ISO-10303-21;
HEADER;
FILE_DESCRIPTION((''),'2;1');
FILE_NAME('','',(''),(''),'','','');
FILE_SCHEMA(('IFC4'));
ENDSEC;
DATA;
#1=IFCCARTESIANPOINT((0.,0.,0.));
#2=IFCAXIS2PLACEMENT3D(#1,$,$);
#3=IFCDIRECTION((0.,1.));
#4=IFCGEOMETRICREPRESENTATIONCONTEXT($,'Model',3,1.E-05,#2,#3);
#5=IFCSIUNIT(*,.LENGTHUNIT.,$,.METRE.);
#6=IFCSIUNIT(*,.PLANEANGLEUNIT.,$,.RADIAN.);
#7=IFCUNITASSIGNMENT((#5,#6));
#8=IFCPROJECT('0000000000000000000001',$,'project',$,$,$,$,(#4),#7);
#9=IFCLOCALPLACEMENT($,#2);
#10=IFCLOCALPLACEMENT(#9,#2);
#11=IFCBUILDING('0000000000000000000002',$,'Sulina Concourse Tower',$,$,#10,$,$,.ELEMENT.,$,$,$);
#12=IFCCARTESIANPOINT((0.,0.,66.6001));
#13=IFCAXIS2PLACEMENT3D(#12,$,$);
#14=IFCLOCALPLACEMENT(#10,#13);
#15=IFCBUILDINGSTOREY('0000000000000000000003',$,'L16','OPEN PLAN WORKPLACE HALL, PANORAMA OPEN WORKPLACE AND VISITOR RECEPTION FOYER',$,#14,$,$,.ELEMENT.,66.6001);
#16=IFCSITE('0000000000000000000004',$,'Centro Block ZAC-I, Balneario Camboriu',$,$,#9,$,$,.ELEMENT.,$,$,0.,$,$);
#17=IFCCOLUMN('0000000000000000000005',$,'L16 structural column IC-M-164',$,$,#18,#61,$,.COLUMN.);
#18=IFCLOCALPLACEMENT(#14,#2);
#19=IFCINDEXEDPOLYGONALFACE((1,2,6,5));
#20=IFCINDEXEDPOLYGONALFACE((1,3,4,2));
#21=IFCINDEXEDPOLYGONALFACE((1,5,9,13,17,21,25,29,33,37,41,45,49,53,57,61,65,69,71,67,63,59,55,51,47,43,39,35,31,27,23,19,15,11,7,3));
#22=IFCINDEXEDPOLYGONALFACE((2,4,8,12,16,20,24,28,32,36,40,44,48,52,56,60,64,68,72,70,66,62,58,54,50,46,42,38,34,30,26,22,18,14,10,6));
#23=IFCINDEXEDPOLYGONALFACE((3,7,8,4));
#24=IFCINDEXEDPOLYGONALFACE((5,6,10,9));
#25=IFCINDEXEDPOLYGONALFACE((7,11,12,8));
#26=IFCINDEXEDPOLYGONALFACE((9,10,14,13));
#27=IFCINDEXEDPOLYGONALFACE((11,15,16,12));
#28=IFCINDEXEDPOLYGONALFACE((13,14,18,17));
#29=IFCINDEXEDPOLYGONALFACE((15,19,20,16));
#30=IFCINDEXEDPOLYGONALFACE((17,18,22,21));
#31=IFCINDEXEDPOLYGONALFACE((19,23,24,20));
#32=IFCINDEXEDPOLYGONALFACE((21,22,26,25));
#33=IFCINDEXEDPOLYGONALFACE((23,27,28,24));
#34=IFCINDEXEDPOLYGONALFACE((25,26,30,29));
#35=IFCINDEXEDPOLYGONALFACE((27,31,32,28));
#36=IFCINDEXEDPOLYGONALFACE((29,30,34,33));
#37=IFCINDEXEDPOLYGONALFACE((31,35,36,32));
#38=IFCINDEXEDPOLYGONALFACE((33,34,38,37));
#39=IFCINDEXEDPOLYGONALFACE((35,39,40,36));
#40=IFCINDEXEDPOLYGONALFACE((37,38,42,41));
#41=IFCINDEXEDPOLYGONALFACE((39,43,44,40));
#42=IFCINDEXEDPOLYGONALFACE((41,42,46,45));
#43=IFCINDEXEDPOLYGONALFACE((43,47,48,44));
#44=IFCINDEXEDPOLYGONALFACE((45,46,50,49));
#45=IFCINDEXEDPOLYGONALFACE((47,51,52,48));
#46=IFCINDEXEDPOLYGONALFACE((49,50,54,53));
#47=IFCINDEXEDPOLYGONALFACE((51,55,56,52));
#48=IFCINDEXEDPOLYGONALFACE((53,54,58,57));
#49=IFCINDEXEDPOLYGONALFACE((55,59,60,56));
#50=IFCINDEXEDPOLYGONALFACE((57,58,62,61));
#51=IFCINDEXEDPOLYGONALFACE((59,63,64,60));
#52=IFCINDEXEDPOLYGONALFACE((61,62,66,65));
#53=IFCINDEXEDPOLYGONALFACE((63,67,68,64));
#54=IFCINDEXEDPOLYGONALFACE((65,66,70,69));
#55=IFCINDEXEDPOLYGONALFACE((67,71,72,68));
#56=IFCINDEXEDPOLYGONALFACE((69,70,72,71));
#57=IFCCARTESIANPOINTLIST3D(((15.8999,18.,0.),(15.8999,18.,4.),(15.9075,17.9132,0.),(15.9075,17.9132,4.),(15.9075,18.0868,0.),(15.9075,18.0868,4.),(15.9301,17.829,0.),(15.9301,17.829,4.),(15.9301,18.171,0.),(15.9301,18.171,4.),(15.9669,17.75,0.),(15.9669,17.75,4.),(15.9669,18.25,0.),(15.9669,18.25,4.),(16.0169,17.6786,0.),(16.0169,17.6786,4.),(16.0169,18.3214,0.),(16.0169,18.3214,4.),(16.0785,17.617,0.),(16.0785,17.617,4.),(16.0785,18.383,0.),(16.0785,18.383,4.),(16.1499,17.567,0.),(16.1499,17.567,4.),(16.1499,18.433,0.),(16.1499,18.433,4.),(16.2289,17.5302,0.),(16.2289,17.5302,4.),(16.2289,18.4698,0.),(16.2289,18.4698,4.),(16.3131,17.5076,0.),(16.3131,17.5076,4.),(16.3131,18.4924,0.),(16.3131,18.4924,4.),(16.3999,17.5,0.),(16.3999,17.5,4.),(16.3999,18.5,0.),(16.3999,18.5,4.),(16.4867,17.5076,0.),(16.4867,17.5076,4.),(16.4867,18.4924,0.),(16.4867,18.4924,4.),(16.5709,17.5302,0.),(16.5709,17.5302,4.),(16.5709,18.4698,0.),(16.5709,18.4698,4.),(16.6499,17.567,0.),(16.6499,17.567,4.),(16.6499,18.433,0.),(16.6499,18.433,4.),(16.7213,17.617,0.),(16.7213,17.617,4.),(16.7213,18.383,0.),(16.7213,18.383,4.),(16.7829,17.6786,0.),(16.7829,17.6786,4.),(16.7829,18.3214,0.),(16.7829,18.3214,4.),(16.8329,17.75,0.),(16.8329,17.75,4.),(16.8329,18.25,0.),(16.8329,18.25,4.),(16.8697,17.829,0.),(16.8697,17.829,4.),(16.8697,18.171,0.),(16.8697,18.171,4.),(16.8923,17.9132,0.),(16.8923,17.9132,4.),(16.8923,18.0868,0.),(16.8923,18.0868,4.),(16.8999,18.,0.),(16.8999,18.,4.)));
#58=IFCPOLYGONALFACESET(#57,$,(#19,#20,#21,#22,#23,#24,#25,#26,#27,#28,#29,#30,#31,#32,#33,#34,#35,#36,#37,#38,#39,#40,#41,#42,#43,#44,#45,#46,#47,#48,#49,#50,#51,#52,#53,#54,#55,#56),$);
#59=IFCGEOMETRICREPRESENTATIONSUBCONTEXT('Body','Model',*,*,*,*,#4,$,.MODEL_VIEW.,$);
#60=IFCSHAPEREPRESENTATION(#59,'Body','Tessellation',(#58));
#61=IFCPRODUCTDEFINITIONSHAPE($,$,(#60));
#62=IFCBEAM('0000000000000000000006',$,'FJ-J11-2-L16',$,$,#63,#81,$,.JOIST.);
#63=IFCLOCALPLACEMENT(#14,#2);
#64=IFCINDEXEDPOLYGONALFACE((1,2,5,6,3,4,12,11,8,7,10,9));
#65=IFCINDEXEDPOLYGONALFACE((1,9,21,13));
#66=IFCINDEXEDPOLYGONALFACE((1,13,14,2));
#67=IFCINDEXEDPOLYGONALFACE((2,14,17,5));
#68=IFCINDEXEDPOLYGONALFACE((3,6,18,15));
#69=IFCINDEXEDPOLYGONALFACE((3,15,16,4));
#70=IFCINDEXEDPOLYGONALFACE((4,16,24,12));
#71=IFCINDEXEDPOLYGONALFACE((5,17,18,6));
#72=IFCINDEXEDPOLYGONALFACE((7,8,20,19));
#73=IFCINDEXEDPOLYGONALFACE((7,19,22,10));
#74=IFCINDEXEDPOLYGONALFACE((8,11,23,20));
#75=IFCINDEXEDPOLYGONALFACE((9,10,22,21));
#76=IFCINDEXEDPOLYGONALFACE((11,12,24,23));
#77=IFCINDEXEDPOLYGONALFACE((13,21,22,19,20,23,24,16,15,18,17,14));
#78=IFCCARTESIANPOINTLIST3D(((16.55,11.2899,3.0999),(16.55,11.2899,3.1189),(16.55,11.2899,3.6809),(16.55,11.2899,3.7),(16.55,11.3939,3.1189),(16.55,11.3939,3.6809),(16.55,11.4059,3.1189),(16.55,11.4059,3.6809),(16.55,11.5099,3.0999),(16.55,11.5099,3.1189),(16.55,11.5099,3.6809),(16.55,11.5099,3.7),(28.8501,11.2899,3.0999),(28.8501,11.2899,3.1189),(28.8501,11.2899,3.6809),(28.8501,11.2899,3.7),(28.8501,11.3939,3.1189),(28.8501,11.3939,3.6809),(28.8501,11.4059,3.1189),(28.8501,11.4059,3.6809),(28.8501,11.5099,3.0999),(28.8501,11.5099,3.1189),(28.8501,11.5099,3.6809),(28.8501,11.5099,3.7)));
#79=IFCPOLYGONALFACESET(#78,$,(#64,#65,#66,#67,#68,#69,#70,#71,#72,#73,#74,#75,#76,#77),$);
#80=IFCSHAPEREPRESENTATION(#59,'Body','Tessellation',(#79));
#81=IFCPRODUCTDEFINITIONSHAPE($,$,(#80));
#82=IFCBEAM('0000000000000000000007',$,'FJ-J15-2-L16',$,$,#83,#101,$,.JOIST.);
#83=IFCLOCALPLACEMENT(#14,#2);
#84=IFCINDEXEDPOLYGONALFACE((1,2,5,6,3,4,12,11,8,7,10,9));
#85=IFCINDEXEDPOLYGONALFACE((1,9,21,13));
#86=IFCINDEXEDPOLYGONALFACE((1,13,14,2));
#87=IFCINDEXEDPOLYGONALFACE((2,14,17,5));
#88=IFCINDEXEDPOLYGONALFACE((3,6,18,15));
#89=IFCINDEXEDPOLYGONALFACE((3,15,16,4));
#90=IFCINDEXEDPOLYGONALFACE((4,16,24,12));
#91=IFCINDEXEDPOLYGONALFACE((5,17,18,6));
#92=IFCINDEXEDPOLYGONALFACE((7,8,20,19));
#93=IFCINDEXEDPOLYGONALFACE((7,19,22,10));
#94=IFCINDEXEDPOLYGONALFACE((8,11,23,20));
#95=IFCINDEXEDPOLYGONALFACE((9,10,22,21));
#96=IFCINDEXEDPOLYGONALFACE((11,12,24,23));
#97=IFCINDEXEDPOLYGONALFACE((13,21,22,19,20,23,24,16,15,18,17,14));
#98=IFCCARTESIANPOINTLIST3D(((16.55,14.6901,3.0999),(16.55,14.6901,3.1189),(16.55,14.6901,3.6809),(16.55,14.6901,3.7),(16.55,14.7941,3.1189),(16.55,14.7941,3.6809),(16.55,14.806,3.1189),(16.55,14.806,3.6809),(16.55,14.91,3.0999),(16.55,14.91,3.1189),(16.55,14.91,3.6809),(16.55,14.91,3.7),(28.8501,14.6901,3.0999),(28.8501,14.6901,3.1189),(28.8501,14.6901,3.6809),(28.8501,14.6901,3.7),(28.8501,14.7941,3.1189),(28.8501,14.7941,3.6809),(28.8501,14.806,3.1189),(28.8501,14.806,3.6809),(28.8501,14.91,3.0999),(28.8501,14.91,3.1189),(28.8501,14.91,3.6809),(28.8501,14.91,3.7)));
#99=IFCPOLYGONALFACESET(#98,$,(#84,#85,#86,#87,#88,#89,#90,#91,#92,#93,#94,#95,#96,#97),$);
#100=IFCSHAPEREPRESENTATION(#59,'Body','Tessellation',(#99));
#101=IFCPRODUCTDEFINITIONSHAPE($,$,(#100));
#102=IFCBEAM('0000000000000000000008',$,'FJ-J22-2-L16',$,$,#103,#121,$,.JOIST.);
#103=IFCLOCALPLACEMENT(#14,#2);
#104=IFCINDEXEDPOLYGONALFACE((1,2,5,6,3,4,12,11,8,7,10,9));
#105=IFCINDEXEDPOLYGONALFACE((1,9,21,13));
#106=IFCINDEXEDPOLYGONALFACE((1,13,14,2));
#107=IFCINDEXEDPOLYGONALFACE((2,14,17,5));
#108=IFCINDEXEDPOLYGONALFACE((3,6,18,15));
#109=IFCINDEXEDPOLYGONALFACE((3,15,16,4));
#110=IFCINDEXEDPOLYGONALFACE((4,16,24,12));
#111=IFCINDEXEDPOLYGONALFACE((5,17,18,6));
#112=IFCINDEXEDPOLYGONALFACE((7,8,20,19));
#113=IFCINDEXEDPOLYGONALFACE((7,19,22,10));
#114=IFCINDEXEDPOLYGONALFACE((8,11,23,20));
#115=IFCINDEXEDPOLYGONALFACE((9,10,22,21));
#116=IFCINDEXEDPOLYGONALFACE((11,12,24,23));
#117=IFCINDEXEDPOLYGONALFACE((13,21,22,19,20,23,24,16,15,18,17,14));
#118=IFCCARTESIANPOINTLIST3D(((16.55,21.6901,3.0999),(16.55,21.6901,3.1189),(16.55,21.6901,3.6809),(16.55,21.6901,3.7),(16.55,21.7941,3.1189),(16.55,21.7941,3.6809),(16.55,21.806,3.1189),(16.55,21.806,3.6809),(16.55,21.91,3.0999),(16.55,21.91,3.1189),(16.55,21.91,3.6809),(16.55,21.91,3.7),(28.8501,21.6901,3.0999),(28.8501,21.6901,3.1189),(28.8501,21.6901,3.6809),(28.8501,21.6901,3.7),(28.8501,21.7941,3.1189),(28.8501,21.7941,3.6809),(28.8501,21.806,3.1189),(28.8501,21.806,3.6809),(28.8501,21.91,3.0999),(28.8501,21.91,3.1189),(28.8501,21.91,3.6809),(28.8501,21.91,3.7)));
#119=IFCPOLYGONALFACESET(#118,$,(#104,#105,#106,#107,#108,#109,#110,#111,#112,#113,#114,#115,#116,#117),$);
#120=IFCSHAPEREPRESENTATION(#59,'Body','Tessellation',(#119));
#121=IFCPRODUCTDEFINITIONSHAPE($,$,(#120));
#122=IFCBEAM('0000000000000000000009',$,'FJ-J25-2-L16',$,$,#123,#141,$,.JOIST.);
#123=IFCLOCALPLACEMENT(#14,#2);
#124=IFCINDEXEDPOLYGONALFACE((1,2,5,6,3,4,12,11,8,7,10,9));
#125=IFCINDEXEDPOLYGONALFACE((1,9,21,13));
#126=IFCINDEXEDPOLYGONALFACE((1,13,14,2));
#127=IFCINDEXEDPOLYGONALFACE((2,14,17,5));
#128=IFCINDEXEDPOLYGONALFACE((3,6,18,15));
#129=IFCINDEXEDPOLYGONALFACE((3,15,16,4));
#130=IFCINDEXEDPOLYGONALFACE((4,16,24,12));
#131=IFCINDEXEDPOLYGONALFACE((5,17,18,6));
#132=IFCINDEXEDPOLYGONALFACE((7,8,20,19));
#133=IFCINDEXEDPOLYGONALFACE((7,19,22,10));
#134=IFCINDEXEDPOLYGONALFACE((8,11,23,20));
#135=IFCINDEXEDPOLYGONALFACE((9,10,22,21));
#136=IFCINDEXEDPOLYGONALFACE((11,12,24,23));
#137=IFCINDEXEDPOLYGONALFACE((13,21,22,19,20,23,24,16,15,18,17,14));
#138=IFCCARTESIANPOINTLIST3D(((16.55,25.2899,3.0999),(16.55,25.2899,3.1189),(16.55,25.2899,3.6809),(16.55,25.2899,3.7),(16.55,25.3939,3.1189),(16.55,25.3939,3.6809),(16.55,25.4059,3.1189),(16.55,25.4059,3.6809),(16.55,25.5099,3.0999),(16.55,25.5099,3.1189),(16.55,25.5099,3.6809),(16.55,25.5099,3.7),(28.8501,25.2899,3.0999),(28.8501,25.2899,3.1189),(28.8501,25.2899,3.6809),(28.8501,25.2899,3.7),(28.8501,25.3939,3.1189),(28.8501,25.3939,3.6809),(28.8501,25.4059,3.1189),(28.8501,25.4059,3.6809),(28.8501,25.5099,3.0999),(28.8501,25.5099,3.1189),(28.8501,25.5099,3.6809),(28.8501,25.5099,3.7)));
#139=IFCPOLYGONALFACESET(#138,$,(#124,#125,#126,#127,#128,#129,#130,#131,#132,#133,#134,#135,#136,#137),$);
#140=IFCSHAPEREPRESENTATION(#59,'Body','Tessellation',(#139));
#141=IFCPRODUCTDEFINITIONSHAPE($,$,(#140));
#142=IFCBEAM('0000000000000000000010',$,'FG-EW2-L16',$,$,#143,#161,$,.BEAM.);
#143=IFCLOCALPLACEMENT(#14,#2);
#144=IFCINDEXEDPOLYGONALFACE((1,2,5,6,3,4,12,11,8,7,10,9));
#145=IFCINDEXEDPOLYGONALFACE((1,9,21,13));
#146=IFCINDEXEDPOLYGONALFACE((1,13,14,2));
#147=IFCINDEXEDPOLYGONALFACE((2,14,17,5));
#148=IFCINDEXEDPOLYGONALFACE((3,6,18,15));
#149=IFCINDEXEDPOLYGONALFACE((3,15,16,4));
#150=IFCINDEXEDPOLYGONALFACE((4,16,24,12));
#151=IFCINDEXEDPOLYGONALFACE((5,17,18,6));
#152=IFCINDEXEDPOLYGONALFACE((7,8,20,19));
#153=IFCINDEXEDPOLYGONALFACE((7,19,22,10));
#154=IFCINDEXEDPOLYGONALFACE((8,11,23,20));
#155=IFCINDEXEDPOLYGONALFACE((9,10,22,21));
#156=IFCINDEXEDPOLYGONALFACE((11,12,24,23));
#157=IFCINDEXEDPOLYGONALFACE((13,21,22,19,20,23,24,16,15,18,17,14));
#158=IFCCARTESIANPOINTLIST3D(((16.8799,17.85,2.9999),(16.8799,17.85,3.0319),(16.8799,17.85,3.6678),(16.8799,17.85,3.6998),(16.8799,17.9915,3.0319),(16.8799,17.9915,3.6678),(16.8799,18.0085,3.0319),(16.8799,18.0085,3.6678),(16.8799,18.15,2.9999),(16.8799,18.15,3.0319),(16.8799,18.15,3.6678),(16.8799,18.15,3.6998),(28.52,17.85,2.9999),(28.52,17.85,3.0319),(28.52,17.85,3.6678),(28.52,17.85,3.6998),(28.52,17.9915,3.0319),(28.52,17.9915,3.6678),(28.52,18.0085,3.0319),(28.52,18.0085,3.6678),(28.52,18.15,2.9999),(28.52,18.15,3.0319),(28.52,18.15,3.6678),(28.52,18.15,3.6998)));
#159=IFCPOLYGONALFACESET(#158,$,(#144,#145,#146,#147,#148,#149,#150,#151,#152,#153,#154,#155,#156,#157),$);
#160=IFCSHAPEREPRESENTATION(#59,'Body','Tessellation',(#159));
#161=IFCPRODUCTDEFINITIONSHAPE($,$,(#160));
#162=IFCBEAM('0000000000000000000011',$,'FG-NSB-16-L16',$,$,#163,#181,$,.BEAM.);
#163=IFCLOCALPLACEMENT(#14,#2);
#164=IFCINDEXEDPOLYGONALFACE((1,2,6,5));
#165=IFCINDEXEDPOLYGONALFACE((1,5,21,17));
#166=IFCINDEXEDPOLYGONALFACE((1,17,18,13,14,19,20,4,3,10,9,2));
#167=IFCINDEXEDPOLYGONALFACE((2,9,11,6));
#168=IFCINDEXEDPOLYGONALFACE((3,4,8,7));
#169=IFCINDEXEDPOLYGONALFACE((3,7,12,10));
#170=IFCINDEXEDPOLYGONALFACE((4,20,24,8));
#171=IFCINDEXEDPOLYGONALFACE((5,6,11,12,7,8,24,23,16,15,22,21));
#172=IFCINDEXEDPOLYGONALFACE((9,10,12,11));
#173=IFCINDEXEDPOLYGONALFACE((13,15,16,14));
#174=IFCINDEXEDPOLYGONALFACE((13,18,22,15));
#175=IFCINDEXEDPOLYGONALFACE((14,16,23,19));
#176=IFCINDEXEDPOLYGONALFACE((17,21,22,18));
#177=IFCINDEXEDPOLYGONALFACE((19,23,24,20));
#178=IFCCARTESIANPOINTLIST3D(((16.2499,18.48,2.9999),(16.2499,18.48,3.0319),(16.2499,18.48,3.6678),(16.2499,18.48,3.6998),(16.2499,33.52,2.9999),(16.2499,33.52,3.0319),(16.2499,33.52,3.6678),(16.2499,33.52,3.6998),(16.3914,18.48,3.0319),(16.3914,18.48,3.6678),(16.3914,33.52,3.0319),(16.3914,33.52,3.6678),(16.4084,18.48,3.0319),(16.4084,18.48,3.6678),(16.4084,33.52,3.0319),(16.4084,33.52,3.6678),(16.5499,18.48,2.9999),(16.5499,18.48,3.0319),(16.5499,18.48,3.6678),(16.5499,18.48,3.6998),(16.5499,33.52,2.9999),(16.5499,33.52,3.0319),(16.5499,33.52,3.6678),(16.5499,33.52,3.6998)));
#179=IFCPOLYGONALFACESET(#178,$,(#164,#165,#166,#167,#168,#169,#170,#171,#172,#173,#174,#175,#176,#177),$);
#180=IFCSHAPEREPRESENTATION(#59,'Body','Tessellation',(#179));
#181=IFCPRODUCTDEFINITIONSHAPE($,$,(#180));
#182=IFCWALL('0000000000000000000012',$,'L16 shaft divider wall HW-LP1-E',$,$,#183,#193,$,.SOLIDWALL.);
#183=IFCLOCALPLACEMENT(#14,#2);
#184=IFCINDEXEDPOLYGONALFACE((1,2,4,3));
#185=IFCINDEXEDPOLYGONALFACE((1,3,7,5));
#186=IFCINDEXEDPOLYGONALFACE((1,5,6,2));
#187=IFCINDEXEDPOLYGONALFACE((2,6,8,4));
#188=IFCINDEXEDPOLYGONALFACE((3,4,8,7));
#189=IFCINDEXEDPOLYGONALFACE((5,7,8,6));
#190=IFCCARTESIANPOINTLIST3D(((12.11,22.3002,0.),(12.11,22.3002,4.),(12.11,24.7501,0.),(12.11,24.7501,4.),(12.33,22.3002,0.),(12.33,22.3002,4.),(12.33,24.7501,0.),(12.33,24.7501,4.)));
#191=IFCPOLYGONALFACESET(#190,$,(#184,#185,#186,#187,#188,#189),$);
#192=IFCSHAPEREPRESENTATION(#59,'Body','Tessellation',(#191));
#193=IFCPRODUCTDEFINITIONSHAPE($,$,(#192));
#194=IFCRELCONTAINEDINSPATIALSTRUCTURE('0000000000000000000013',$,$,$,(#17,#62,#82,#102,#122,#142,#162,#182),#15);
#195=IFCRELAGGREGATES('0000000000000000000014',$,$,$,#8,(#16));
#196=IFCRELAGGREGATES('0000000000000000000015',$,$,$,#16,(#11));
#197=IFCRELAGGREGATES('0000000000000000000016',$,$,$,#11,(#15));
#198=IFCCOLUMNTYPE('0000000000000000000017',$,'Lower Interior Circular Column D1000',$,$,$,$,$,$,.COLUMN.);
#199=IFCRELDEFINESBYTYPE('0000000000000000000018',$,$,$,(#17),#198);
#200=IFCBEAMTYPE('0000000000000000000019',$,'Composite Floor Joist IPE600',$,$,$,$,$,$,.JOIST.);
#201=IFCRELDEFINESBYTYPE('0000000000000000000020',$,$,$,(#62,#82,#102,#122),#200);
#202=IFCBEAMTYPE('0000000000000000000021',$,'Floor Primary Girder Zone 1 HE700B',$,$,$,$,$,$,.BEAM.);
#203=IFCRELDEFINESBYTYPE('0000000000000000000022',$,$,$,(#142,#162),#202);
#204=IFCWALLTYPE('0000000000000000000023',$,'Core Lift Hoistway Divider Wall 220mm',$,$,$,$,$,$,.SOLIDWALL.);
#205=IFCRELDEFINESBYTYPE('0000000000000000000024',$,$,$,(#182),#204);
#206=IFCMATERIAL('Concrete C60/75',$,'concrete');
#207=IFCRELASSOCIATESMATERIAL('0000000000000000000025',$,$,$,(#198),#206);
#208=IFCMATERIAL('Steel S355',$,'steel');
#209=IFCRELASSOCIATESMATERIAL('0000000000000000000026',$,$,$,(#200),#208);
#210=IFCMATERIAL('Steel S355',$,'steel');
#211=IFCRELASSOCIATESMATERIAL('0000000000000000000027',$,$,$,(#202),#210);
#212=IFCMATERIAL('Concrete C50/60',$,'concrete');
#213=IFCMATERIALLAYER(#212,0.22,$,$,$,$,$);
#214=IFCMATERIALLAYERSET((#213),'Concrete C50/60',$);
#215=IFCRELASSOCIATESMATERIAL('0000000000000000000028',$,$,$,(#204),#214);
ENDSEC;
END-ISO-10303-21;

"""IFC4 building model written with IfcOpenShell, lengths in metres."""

from ifc_helpers import new_model, si_unit, direction, frame, frame_2d, origin, origin_2d, place, context, subcontext, project, spatial, rectangle, circle, i_section, extrude, material, layer, layer_set, material_profile, profile_set, type_object, element, save


model = new_model("IFC4")

# Units and contexts
model_context = context("Model", 3, precision=1e-05, world=origin(), true_north=direction((0.0, 1.0)))
body_context = subcontext(model_context, "Body", "Model", "MODEL_VIEW")
ifc_project = project(units=[si_unit("LENGTHUNIT", "METRE"), si_unit("PLANEANGLEUNIT", "RADIAN")], contexts=[model_context])

# Site, building, storey
site_placement = place(None, origin())
site = spatial("IfcSite", under=ifc_project, at=site_placement, Name="Centro Block ZAC-I, Balneario Camboriu", CompositionType="ELEMENT", RefElevation=0.0)
building_placement = place(site_placement, origin())
building = spatial("IfcBuilding", under=site, at=building_placement, Name="Sulina Concourse Tower", CompositionType="ELEMENT")
storey_placement = place(building_placement, frame((0.0, 0.0, 66.6001)))
storey = spatial("IfcBuildingStorey", under=building, at=storey_placement, Name="L16", Description="OPEN PLAN WORKPLACE HALL, PANORAMA OPEN WORKPLACE AND VISITOR RECEPTION FOYER", CompositionType="ELEMENT", Elevation=66.6001)

# Column
ifc_material_1 = material(Name="Concrete C60/75", Category="concrete")
ifc_material_profile_1 = material_profile(ifc_material_1, circle(Radius=0.5, at=origin_2d()), Name="RC D1000")
ifc_profile_set_1 = profile_set([ifc_material_profile_1], Name="Concrete C60/75")
column_type = type_object("IfcColumnType", Name="Lower Interior Circular Column D1000", PredefinedType="COLUMN", material=ifc_profile_set_1)
column_placement = place(storey_placement, frame((16.3999, 18.0, 0.0), z_axis=(0.0, 0.0, 1.0), x_axis=(1.0, 0.0, 0.0)))
element("IfcColumn", 1, at=column_placement, inside=storey, type_object=column_type, Name="L16 structural column IC-M-164", PredefinedType="COLUMN", context=body_context, shape_type="SweptSolid", body=[
    extrude(circle(Radius=0.5, at=origin_2d()), origin(), (0.0, 0.0, 1.0), 4.0),
])

# Beams
ifc_material_2 = material(Name="Steel S355", Category="steel")
ifc_material_profile_2 = material_profile(ifc_material_2, i_section(OverallWidth=0.22, OverallDepth=0.6001, WebThickness=0.012, FlangeThickness=0.019, at=origin_2d()), Name="IPE 600")
ifc_profile_set_2 = profile_set([ifc_material_profile_2], Name="Steel S355")
beam_type_1 = type_object("IfcBeamType", Name="Composite Floor Joist IPE600", PredefinedType="JOIST", material=ifc_profile_set_2)
for number, where, z_axis, x_axis, name in (
    (2, (16.55, 11.3999, 3.3999), (1.0, 0.0, 0.0), (0.0, 1.0, 0.0), "FJ-J11-2-L16"),
    (3, (16.55, 14.8, 3.3999), (1.0, 0.0, 0.0), (0.0, 1.0, 0.0), "FJ-J15-2-L16"),
    (4, (16.55, 21.8, 3.3999), (1.0, 0.0, 0.0), (0.0, 1.0, 0.0), "FJ-J22-2-L16"),
    (5, (16.55, 25.3999, 3.3999), (1.0, 0.0, 0.0), (0.0, 1.0, 0.0), "FJ-J25-2-L16"),
):
    element("IfcBeam", number, at=place(storey_placement, frame(where, z_axis=z_axis, x_axis=x_axis)), inside=storey, type_object=beam_type_1, Name=name, PredefinedType="JOIST", context=body_context, shape_type="SweptSolid", body=[
        extrude(i_section(OverallWidth=0.22, OverallDepth=0.6001, WebThickness=0.012, FlangeThickness=0.019, at=origin_2d()), origin(), (0.0, 0.0, 1.0), 12.3),
    ])
ifc_material_3 = material(Name="Steel S355", Category="steel")
ifc_material_profile_3 = material_profile(ifc_material_3, i_section(OverallWidth=0.3, OverallDepth=0.7, WebThickness=0.0171, FlangeThickness=0.032, at=origin_2d()), Name="HE 700 B")
ifc_profile_set_3 = profile_set([ifc_material_profile_3], Name="Steel S355")
beam_type_2 = type_object("IfcBeamType", Name="Floor Primary Girder Zone 1 HE700B", PredefinedType="BEAM", material=ifc_profile_set_3)
beam_1_placement = place(storey_placement, frame((16.8799, 18.0, 3.3499), z_axis=(1.0, 0.0, 0.0), x_axis=(0.0, 1.0, 0.0)))
element("IfcBeam", 6, at=beam_1_placement, inside=storey, type_object=beam_type_2, Name="FG-EW2-L16", PredefinedType="BEAM", context=body_context, shape_type="SweptSolid", body=[
    extrude(i_section(OverallWidth=0.3, OverallDepth=0.7, WebThickness=0.0171, FlangeThickness=0.032, at=origin_2d()), origin(), (0.0, 0.0, 1.0), 11.6401),
])
beam_2_placement = place(storey_placement, frame((16.3999, 18.48, 3.3499), z_axis=(0.0, 1.0, 0.0), x_axis=(-1.0, 0.0, 0.0)))
element("IfcBeam", 7, at=beam_2_placement, inside=storey, type_object=beam_type_2, Name="FG-NSB-16-L16", PredefinedType="BEAM", context=body_context, shape_type="SweptSolid", body=[
    extrude(i_section(OverallWidth=0.3, OverallDepth=0.7, WebThickness=0.0171, FlangeThickness=0.032, at=origin_2d()), origin(), (0.0, 0.0, 1.0), 15.04),
])

# Wall
ifc_material_4 = material(Name="Concrete C50/60", Category="concrete")
ifc_layer_1 = layer(ifc_material_4, 0.22)
ifc_layer_set_1 = layer_set([ifc_layer_1], Name="Concrete C50/60")
wall_type_1 = type_object("IfcWallType", Name="Core Lift Hoistway Divider Wall 220mm", PredefinedType="SOLIDWALL", material=ifc_layer_set_1)
wall_1_placement = place(storey_placement, frame((12.22, 22.3, 0.0), z_axis=(0.0, 0.0, 1.0), x_axis=(0.0, 1.0, 0.0)))
element("IfcWall", 8, at=wall_1_placement, inside=storey, type_object=wall_type_1, Name="L16 shaft divider wall HW-LP1-E", PredefinedType="SOLIDWALL", context=body_context, shape_type="SweptSolid", body=[
    extrude(rectangle(XDim=2.45, YDim=0.22, at=frame_2d((1.2251, 0.0))), origin(), (0.0, 0.0, 1.0), 4.0),
])

save(model, "model.ifc")
